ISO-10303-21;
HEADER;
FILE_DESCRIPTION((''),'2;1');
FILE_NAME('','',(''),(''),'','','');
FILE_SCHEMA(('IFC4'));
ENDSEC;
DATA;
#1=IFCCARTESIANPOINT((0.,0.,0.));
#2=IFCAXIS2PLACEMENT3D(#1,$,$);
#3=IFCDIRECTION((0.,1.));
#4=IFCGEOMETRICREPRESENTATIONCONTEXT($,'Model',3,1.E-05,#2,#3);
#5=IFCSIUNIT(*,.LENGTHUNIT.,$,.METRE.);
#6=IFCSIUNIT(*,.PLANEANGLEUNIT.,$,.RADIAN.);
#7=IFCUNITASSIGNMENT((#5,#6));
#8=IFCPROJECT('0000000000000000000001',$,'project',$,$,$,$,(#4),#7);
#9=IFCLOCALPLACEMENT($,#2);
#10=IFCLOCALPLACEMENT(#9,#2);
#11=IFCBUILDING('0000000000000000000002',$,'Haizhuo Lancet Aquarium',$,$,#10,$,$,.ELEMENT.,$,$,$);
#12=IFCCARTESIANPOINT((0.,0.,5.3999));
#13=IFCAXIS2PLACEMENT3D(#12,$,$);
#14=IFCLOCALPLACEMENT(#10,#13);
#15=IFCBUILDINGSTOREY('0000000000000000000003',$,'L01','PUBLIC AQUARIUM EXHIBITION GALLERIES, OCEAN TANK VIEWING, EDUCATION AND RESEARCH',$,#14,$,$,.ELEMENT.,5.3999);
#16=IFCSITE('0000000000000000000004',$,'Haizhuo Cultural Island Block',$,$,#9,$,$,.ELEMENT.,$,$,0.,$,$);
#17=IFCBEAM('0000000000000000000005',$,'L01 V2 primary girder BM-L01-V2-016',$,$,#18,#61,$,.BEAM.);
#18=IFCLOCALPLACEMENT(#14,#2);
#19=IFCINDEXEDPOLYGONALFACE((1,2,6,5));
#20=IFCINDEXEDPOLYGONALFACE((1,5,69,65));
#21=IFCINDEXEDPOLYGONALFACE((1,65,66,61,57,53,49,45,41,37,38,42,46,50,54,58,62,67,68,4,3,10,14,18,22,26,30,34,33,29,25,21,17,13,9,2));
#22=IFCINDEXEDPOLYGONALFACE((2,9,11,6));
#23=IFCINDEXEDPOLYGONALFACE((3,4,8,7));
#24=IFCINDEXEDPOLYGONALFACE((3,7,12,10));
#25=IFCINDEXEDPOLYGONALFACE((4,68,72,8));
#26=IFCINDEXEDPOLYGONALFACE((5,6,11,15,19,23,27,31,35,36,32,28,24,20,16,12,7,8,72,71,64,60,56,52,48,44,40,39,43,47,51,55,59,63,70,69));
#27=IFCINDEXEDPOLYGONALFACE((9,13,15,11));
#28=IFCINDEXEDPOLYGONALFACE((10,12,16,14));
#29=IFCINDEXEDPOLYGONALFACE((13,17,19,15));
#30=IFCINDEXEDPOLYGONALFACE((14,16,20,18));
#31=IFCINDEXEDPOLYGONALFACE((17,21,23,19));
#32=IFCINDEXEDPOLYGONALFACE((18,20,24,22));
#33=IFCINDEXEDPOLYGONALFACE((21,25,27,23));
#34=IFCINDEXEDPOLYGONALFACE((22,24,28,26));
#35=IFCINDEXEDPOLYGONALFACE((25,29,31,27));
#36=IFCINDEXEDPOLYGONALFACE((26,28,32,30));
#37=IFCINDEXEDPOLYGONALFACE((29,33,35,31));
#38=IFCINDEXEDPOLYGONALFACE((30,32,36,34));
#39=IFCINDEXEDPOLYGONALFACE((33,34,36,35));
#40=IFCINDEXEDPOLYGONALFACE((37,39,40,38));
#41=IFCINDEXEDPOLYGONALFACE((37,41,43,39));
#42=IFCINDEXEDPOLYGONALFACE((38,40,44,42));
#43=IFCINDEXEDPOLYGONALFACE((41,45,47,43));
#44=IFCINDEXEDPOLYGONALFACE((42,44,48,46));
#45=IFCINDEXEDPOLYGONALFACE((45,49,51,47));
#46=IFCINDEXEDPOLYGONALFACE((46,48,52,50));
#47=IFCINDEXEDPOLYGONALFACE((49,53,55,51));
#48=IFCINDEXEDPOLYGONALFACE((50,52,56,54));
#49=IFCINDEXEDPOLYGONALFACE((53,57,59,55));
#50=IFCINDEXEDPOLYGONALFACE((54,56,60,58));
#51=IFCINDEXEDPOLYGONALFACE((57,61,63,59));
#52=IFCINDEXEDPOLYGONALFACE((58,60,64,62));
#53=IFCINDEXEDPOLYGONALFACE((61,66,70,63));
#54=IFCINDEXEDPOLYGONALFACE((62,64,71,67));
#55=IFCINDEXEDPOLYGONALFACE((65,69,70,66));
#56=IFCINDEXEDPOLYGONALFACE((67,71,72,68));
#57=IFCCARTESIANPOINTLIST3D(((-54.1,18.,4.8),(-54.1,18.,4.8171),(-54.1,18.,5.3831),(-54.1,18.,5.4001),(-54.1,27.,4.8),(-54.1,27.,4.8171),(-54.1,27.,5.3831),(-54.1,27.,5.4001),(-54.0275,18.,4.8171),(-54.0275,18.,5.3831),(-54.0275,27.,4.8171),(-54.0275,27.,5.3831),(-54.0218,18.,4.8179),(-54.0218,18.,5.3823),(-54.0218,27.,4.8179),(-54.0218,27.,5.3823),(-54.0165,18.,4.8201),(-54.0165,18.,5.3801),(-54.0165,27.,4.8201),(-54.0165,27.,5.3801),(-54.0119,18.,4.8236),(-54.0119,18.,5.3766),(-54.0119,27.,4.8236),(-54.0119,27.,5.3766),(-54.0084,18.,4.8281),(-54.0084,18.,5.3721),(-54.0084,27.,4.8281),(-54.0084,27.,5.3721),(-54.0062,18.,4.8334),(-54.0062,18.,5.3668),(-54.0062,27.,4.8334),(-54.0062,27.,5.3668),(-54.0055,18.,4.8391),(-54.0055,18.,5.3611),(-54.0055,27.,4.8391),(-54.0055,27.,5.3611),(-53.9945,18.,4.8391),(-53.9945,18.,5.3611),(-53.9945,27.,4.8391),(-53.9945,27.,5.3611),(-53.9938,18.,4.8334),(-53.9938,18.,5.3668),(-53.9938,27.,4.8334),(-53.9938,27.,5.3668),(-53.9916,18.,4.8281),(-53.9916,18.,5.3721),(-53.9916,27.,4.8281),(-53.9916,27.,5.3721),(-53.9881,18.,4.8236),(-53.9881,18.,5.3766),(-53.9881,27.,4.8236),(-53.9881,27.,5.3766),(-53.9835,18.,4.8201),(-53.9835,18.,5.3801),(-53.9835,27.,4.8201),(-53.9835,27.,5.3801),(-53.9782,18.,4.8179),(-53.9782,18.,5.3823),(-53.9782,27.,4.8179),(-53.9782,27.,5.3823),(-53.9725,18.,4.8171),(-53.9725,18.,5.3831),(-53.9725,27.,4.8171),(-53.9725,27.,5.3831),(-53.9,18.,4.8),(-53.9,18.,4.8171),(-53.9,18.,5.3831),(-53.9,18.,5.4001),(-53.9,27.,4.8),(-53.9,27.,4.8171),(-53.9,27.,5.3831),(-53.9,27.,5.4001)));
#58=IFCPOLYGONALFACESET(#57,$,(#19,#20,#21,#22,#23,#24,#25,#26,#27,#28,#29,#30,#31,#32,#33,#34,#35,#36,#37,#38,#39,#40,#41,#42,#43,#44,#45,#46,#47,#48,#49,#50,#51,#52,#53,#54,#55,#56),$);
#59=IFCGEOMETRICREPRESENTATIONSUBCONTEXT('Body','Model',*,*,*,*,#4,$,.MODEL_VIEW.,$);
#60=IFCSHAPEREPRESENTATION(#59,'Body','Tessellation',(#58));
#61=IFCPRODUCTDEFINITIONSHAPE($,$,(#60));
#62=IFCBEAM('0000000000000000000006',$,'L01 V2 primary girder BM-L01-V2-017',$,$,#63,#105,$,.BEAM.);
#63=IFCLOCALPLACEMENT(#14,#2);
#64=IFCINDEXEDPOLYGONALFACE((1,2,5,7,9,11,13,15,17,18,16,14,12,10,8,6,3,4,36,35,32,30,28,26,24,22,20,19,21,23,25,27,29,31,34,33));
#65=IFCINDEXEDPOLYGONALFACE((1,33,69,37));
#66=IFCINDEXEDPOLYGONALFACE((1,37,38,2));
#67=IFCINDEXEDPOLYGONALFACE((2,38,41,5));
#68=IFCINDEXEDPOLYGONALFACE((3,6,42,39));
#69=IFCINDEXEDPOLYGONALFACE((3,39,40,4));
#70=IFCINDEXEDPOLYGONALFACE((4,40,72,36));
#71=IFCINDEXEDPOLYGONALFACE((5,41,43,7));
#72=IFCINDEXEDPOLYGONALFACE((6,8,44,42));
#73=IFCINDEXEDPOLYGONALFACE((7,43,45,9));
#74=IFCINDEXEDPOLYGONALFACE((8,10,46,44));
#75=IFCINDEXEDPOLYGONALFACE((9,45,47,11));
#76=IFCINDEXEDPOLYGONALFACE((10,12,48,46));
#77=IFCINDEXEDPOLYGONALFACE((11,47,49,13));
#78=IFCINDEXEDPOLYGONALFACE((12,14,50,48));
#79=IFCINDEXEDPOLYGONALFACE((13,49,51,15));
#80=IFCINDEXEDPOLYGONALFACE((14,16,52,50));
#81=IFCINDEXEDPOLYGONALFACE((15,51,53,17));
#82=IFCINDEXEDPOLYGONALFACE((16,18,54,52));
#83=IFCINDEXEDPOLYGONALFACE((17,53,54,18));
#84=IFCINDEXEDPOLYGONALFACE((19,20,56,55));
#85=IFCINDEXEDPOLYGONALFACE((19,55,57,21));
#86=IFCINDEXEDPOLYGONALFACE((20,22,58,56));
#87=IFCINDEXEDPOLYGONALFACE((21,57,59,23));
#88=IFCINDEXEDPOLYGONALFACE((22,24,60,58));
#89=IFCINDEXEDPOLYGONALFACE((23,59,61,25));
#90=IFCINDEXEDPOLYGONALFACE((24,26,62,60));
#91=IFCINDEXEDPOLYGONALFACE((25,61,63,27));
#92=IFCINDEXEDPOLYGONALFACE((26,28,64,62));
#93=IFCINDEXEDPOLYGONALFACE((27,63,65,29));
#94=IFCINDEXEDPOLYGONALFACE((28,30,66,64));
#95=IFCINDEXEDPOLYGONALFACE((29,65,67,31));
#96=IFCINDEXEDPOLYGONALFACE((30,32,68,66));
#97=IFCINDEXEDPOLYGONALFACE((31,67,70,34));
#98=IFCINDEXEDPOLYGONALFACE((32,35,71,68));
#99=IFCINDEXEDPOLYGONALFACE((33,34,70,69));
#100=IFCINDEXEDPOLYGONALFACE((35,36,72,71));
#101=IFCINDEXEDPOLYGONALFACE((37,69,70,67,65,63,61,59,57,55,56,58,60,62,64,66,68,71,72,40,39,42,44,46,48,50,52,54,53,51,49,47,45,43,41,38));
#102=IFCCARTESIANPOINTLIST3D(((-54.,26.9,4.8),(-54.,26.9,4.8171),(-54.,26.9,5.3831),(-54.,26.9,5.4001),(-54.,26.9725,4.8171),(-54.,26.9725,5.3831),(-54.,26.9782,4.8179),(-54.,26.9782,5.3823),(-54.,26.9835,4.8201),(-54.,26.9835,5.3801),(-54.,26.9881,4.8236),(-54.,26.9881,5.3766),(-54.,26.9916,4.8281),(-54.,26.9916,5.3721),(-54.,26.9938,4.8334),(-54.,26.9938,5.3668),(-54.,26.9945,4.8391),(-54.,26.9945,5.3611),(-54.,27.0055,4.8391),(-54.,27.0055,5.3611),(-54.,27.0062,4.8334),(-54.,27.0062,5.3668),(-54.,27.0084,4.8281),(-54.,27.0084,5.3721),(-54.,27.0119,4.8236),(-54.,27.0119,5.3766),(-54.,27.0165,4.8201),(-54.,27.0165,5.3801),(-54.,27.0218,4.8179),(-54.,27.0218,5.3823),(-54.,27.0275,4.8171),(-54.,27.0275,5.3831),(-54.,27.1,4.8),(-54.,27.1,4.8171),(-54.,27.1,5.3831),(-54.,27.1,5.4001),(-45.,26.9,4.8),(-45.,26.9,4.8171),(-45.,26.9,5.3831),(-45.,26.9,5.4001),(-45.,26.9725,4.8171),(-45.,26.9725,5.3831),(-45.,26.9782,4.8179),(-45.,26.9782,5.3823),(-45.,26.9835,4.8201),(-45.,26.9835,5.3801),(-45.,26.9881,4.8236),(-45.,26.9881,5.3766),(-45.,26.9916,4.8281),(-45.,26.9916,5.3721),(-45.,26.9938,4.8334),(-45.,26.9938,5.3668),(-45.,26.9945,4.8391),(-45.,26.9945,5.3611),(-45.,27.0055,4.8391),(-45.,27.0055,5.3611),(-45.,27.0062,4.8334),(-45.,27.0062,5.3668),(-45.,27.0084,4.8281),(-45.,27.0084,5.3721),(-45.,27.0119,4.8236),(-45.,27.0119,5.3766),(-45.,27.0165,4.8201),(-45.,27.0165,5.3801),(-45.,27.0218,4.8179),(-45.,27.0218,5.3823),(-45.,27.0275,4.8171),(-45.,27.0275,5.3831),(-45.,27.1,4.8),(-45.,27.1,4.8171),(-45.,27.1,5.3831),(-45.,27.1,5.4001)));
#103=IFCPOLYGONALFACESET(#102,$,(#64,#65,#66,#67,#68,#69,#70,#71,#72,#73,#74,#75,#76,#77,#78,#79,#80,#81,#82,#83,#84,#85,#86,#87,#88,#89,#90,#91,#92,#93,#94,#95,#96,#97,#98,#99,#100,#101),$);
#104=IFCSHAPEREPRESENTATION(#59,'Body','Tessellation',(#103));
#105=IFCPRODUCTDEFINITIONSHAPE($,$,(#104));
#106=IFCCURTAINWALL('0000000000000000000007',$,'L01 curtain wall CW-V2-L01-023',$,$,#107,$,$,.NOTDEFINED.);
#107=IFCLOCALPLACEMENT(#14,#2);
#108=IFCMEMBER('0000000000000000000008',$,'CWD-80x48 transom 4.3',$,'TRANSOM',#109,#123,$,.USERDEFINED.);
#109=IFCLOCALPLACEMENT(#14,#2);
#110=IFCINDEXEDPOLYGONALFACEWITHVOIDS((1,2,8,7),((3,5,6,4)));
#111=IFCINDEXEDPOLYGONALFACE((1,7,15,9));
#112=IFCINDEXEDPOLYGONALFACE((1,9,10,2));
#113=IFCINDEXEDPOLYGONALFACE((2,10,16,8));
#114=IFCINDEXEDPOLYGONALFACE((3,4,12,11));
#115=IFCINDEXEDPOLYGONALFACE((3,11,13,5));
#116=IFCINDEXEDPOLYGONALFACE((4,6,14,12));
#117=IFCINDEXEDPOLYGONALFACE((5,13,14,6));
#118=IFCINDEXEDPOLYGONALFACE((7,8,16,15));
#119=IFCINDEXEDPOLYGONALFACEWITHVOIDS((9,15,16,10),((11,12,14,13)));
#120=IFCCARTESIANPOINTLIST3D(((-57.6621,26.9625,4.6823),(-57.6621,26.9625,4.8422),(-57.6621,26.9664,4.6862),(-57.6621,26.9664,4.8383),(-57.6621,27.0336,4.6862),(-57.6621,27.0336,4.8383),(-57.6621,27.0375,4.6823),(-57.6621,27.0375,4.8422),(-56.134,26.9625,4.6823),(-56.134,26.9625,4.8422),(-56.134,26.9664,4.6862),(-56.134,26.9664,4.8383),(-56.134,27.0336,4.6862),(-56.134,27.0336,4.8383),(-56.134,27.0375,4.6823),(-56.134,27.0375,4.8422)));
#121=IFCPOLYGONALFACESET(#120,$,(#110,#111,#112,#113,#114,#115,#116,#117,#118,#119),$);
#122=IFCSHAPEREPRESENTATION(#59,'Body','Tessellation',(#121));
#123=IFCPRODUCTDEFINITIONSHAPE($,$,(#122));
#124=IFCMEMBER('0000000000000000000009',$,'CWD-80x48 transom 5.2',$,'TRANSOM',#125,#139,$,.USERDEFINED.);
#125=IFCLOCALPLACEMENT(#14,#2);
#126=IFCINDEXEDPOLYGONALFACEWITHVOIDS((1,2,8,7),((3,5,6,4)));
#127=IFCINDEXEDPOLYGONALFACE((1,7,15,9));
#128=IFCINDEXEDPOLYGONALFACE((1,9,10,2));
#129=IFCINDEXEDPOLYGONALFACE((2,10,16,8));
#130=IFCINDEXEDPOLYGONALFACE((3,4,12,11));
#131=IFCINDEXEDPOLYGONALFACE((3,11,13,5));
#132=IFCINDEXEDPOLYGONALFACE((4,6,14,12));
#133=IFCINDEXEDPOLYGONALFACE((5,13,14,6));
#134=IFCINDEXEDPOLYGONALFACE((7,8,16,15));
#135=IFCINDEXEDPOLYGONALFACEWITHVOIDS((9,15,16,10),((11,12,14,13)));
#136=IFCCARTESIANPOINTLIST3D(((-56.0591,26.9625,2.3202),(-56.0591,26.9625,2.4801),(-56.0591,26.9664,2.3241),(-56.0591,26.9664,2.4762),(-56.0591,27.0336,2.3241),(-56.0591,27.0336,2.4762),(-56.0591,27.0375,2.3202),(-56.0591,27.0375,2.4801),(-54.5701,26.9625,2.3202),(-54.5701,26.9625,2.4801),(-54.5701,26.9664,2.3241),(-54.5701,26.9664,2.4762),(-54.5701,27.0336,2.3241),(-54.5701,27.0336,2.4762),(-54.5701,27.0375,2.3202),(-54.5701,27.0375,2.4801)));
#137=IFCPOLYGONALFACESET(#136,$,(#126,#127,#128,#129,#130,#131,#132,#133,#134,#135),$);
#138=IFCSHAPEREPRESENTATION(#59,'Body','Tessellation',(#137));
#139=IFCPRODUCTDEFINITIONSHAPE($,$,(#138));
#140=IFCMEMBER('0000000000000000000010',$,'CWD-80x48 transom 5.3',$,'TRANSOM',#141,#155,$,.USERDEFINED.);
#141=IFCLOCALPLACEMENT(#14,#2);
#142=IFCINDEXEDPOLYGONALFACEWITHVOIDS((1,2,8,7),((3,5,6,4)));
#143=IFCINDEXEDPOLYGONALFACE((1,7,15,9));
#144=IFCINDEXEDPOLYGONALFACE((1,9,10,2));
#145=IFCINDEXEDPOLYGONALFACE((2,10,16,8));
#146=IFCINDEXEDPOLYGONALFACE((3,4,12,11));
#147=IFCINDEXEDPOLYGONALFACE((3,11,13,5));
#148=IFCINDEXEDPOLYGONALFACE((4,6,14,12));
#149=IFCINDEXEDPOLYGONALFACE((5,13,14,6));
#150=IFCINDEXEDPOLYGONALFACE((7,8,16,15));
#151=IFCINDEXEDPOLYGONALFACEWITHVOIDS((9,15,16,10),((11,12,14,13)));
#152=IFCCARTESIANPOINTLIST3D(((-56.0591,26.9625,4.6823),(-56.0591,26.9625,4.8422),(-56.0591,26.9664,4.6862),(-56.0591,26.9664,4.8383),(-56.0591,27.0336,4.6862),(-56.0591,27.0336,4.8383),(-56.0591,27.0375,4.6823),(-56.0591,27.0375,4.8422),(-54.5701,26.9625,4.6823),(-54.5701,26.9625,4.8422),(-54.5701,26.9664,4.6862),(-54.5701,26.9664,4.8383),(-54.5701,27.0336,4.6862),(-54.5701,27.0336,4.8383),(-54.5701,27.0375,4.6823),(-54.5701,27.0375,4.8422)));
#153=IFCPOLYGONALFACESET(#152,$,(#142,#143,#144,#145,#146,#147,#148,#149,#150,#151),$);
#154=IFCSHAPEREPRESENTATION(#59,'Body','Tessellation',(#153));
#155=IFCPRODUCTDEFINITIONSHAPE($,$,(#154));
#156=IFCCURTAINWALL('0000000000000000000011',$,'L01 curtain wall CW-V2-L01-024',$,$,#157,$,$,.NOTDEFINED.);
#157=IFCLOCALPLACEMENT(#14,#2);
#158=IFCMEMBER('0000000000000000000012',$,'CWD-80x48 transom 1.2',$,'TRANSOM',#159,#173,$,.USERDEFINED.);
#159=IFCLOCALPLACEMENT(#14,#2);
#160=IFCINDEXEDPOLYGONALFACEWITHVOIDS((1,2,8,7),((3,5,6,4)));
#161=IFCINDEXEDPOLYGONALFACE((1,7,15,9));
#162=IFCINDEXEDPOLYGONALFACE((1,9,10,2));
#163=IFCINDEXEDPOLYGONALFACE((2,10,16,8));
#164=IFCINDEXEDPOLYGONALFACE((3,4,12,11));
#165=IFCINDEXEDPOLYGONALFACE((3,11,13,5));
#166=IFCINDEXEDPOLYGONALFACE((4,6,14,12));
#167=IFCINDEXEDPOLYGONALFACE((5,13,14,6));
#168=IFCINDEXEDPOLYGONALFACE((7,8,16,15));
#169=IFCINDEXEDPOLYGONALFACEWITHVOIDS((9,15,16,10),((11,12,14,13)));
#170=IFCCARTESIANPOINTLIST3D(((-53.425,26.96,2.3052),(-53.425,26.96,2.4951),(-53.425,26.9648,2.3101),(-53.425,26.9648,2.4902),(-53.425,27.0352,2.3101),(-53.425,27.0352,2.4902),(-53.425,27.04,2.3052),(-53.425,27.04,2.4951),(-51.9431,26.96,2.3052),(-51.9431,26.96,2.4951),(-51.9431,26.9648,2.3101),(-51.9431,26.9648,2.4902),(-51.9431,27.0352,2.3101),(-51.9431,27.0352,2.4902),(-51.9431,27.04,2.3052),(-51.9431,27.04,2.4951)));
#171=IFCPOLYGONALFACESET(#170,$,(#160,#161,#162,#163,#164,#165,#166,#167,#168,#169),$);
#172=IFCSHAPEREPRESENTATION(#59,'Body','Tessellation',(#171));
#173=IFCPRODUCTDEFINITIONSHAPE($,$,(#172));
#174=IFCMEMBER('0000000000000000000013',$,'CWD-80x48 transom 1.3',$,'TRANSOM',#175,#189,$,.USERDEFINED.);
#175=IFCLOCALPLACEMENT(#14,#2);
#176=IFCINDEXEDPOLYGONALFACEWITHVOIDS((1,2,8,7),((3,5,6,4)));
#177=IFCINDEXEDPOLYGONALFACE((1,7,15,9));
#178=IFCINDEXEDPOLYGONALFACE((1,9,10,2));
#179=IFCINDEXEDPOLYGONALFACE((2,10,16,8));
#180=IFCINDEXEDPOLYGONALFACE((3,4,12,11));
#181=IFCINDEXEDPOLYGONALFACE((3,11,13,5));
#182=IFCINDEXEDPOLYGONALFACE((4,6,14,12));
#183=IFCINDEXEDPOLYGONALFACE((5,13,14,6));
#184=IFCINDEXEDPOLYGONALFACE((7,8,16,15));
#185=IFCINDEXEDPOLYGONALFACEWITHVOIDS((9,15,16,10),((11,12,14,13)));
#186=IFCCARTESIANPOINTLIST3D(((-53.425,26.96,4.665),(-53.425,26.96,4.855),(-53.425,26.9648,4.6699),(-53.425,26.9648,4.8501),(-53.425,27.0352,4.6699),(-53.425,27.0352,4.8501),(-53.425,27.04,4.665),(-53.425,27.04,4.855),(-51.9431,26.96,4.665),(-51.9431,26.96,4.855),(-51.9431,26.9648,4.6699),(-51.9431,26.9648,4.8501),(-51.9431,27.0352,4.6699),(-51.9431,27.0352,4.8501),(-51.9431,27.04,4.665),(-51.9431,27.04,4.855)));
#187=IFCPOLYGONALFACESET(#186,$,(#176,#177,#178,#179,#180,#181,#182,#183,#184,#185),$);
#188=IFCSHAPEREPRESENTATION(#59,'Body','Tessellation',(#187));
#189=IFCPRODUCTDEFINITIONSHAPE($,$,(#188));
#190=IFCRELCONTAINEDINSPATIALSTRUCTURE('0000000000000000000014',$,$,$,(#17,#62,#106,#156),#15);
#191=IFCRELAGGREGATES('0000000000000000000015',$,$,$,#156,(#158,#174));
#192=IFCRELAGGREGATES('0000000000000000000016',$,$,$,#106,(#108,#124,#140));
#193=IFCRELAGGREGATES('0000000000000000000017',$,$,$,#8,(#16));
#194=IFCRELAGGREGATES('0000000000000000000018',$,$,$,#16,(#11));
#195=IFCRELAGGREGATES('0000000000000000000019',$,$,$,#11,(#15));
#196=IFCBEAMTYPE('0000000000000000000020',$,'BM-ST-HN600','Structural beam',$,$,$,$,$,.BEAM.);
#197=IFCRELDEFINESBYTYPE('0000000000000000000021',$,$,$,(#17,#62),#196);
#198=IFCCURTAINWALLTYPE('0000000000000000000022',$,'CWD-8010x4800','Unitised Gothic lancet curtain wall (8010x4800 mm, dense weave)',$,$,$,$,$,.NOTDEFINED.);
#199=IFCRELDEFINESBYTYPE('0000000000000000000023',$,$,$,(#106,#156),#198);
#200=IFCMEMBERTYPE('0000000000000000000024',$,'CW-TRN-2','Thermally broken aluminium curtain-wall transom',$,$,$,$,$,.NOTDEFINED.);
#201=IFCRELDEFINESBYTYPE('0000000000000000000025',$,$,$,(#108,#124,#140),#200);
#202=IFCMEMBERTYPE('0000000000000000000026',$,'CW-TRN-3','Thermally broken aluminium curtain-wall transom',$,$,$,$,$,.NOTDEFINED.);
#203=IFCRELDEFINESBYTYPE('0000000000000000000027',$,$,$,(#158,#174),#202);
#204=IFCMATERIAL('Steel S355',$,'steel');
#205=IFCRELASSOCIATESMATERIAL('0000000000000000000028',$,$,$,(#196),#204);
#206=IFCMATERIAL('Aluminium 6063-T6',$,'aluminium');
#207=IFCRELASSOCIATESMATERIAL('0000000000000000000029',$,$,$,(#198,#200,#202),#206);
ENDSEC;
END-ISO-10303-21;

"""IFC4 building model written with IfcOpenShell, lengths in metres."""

from ifc_helpers import new_model, si_unit, direction, frame, origin, origin_2d, place, context, subcontext, project, spatial, hollow_rectangle, i_section, extrude, material, material_profile, profile_set, type_object, element, aggregate, save


model = new_model("IFC4")

# Units and contexts
model_context = context("Model", 3, precision=1e-05, world=origin(), true_north=direction((0.0, 1.0)))
body_context = subcontext(model_context, "Body", "Model", "MODEL_VIEW")
ifc_project = project(units=[si_unit("LENGTHUNIT", "METRE"), si_unit("PLANEANGLEUNIT", "RADIAN")], contexts=[model_context])

# Site, building, storey
site_placement = place(None, origin())
site = spatial("IfcSite", under=ifc_project, at=site_placement, Name="Haizhuo Cultural Island Block", CompositionType="ELEMENT", RefElevation=0.0)
building_placement = place(site_placement, origin())
building = spatial("IfcBuilding", under=site, at=building_placement, Name="Haizhuo Lancet Aquarium", CompositionType="ELEMENT")
storey_placement = place(building_placement, frame((0.0, 0.0, 5.3999)))
storey = spatial("IfcBuildingStorey", under=building, at=storey_placement, Name="L01", Description="PUBLIC AQUARIUM EXHIBITION GALLERIES, OCEAN TANK VIEWING, EDUCATION AND RESEARCH", CompositionType="ELEMENT", Elevation=5.3999)

# Beams
ifc_material_1 = material(Name="Steel S355", Category="steel")
ifc_material_profile_1 = material_profile(ifc_material_1, i_section(OverallWidth=0.2, OverallDepth=0.6001, WebThickness=0.011, FlangeThickness=0.0171, FilletRadius=0.022, at=origin_2d()), Name="HN 600x200x11x17")
ifc_profile_set_1 = profile_set([ifc_material_profile_1], Name="Steel S355")
beam_type = type_object("IfcBeamType", Name="BM-ST-HN600", Description="Structural beam", PredefinedType="BEAM", material=ifc_profile_set_1)
for number, where, z_axis, x_axis, name in (
    (1, (-54.0, 18.0, 5.1001), (0.0, 1.0, 0.0), (-1.0, 0.0, 0.0), "L01 V2 primary girder BM-L01-V2-016"),
    (2, (-54.0, 27.0, 5.1001), (1.0, 0.0, 0.0), (0.0, 1.0, 0.0), "L01 V2 primary girder BM-L01-V2-017"),
):
    element("IfcBeam", number, at=place(storey_placement, frame(where, z_axis=z_axis, x_axis=x_axis)), inside=storey, type_object=beam_type, Name=name, PredefinedType="BEAM", context=body_context, shape_type="SweptSolid", body=[
        extrude(i_section(OverallWidth=0.2, OverallDepth=0.6001, WebThickness=0.011, FlangeThickness=0.0171, FilletRadius=0.022, at=origin_2d()), origin(), (0.0, 0.0, 1.0), 9.0),
    ])

# Curtain walls, members
ifc_material_2 = material(Name="Aluminium 6063-T6", Category="aluminium")
curtain_wall_type = type_object("IfcCurtainWallType", Name="CWD-8010x4800", Description="Unitised Gothic lancet curtain wall (8010x4800 mm, dense weave)", PredefinedType="NOTDEFINED", material=ifc_material_2)
curtain_wall_1_placement = place(storey_placement, origin())
curtain_wall_1 = element("IfcCurtainWall", 3, at=curtain_wall_1_placement, inside=storey, type_object=curtain_wall_type, Name="L01 curtain wall CW-V2-L01-023", PredefinedType="NOTDEFINED")
ifc_material_profile_2 = material_profile(ifc_material_2, hollow_rectangle(XDim=0.075, YDim=0.1599, WallThickness=0.0039, at=origin_2d()), Name="ALU-T 75x160x4")
ifc_profile_set_2 = profile_set([ifc_material_profile_2], Name="Aluminium 6063-T6")
member_type_1 = type_object("IfcMemberType", Name="CW-TRN-2", Description="Thermally broken aluminium curtain-wall transom", PredefinedType="NOTDEFINED", material=ifc_profile_set_2)
member_1_placement = place(storey_placement, frame((-57.6621, 27.0, 4.7622), z_axis=(1.0, 0.0, 0.0), x_axis=(0.0, 1.0, 0.0)))
member_1 = element("IfcMember", 4, at=member_1_placement, type_object=member_type_1, Name="CWD-80x48 transom 4.3", ObjectType="TRANSOM", PredefinedType="USERDEFINED", context=body_context, shape_type="SweptSolid", body=[
    extrude(hollow_rectangle(XDim=0.075, YDim=0.1599, WallThickness=0.0039, at=origin_2d()), origin(), (0.0, 0.0, 1.0), 1.5281),
])
member_2_placement = place(storey_placement, frame((-56.0591, 27.0, 2.4001), z_axis=(1.0, 0.0, 0.0), x_axis=(0.0, 1.0, 0.0)))
member_2 = element("IfcMember", 5, at=member_2_placement, type_object=member_type_1, Name="CWD-80x48 transom 5.2", ObjectType="TRANSOM", PredefinedType="USERDEFINED", context=body_context, shape_type="SweptSolid", body=[
    extrude(hollow_rectangle(XDim=0.075, YDim=0.1599, WallThickness=0.0039, at=origin_2d()), origin(), (0.0, 0.0, 1.0), 1.489),
])
member_3_placement = place(storey_placement, frame((-56.0591, 27.0, 4.7622), z_axis=(1.0, 0.0, 0.0), x_axis=(0.0, 1.0, 0.0)))
member_3 = element("IfcMember", 6, at=member_3_placement, type_object=member_type_1, Name="CWD-80x48 transom 5.3", ObjectType="TRANSOM", PredefinedType="USERDEFINED", context=body_context, shape_type="SweptSolid", body=[
    extrude(hollow_rectangle(XDim=0.075, YDim=0.1599, WallThickness=0.0039, at=origin_2d()), origin(), (0.0, 0.0, 1.0), 1.489),
])
curtain_wall_2_placement = place(storey_placement, origin())
curtain_wall_2 = element("IfcCurtainWall", 7, at=curtain_wall_2_placement, inside=storey, type_object=curtain_wall_type, Name="L01 curtain wall CW-V2-L01-024", PredefinedType="NOTDEFINED")
ifc_material_profile_3 = material_profile(ifc_material_2, hollow_rectangle(XDim=0.0801, YDim=0.1899, WallThickness=0.0049, at=origin_2d()), Name="ALU-T 80x190x5")
ifc_profile_set_3 = profile_set([ifc_material_profile_3], Name="Aluminium 6063-T6")
member_type_2 = type_object("IfcMemberType", Name="CW-TRN-3", Description="Thermally broken aluminium curtain-wall transom", PredefinedType="NOTDEFINED", material=ifc_profile_set_3)
member_4_placement = place(storey_placement, frame((-53.425, 27.0, 2.4001), z_axis=(1.0, 0.0, 0.0), x_axis=(0.0, 1.0, 0.0)))
member_4 = element("IfcMember", 8, at=member_4_placement, type_object=member_type_2, Name="CWD-80x48 transom 1.2", ObjectType="TRANSOM", PredefinedType="USERDEFINED", context=body_context, shape_type="SweptSolid", body=[
    extrude(hollow_rectangle(XDim=0.0801, YDim=0.1899, WallThickness=0.0049, at=origin_2d()), origin(), (0.0, 0.0, 1.0), 1.4819),
])
member_5_placement = place(storey_placement, frame((-53.425, 27.0, 4.76), z_axis=(1.0, 0.0, 0.0), x_axis=(0.0, 1.0, 0.0)))
member_5 = element("IfcMember", 9, at=member_5_placement, type_object=member_type_2, Name="CWD-80x48 transom 1.3", ObjectType="TRANSOM", PredefinedType="USERDEFINED", context=body_context, shape_type="SweptSolid", body=[
    extrude(hollow_rectangle(XDim=0.0801, YDim=0.1899, WallThickness=0.0049, at=origin_2d()), origin(), (0.0, 0.0, 1.0), 1.4819),
])
aggregate(curtain_wall_2, [member_4, member_5])

aggregate(curtain_wall_1, [member_1, member_2, member_3])

save(model, "model.ifc")
